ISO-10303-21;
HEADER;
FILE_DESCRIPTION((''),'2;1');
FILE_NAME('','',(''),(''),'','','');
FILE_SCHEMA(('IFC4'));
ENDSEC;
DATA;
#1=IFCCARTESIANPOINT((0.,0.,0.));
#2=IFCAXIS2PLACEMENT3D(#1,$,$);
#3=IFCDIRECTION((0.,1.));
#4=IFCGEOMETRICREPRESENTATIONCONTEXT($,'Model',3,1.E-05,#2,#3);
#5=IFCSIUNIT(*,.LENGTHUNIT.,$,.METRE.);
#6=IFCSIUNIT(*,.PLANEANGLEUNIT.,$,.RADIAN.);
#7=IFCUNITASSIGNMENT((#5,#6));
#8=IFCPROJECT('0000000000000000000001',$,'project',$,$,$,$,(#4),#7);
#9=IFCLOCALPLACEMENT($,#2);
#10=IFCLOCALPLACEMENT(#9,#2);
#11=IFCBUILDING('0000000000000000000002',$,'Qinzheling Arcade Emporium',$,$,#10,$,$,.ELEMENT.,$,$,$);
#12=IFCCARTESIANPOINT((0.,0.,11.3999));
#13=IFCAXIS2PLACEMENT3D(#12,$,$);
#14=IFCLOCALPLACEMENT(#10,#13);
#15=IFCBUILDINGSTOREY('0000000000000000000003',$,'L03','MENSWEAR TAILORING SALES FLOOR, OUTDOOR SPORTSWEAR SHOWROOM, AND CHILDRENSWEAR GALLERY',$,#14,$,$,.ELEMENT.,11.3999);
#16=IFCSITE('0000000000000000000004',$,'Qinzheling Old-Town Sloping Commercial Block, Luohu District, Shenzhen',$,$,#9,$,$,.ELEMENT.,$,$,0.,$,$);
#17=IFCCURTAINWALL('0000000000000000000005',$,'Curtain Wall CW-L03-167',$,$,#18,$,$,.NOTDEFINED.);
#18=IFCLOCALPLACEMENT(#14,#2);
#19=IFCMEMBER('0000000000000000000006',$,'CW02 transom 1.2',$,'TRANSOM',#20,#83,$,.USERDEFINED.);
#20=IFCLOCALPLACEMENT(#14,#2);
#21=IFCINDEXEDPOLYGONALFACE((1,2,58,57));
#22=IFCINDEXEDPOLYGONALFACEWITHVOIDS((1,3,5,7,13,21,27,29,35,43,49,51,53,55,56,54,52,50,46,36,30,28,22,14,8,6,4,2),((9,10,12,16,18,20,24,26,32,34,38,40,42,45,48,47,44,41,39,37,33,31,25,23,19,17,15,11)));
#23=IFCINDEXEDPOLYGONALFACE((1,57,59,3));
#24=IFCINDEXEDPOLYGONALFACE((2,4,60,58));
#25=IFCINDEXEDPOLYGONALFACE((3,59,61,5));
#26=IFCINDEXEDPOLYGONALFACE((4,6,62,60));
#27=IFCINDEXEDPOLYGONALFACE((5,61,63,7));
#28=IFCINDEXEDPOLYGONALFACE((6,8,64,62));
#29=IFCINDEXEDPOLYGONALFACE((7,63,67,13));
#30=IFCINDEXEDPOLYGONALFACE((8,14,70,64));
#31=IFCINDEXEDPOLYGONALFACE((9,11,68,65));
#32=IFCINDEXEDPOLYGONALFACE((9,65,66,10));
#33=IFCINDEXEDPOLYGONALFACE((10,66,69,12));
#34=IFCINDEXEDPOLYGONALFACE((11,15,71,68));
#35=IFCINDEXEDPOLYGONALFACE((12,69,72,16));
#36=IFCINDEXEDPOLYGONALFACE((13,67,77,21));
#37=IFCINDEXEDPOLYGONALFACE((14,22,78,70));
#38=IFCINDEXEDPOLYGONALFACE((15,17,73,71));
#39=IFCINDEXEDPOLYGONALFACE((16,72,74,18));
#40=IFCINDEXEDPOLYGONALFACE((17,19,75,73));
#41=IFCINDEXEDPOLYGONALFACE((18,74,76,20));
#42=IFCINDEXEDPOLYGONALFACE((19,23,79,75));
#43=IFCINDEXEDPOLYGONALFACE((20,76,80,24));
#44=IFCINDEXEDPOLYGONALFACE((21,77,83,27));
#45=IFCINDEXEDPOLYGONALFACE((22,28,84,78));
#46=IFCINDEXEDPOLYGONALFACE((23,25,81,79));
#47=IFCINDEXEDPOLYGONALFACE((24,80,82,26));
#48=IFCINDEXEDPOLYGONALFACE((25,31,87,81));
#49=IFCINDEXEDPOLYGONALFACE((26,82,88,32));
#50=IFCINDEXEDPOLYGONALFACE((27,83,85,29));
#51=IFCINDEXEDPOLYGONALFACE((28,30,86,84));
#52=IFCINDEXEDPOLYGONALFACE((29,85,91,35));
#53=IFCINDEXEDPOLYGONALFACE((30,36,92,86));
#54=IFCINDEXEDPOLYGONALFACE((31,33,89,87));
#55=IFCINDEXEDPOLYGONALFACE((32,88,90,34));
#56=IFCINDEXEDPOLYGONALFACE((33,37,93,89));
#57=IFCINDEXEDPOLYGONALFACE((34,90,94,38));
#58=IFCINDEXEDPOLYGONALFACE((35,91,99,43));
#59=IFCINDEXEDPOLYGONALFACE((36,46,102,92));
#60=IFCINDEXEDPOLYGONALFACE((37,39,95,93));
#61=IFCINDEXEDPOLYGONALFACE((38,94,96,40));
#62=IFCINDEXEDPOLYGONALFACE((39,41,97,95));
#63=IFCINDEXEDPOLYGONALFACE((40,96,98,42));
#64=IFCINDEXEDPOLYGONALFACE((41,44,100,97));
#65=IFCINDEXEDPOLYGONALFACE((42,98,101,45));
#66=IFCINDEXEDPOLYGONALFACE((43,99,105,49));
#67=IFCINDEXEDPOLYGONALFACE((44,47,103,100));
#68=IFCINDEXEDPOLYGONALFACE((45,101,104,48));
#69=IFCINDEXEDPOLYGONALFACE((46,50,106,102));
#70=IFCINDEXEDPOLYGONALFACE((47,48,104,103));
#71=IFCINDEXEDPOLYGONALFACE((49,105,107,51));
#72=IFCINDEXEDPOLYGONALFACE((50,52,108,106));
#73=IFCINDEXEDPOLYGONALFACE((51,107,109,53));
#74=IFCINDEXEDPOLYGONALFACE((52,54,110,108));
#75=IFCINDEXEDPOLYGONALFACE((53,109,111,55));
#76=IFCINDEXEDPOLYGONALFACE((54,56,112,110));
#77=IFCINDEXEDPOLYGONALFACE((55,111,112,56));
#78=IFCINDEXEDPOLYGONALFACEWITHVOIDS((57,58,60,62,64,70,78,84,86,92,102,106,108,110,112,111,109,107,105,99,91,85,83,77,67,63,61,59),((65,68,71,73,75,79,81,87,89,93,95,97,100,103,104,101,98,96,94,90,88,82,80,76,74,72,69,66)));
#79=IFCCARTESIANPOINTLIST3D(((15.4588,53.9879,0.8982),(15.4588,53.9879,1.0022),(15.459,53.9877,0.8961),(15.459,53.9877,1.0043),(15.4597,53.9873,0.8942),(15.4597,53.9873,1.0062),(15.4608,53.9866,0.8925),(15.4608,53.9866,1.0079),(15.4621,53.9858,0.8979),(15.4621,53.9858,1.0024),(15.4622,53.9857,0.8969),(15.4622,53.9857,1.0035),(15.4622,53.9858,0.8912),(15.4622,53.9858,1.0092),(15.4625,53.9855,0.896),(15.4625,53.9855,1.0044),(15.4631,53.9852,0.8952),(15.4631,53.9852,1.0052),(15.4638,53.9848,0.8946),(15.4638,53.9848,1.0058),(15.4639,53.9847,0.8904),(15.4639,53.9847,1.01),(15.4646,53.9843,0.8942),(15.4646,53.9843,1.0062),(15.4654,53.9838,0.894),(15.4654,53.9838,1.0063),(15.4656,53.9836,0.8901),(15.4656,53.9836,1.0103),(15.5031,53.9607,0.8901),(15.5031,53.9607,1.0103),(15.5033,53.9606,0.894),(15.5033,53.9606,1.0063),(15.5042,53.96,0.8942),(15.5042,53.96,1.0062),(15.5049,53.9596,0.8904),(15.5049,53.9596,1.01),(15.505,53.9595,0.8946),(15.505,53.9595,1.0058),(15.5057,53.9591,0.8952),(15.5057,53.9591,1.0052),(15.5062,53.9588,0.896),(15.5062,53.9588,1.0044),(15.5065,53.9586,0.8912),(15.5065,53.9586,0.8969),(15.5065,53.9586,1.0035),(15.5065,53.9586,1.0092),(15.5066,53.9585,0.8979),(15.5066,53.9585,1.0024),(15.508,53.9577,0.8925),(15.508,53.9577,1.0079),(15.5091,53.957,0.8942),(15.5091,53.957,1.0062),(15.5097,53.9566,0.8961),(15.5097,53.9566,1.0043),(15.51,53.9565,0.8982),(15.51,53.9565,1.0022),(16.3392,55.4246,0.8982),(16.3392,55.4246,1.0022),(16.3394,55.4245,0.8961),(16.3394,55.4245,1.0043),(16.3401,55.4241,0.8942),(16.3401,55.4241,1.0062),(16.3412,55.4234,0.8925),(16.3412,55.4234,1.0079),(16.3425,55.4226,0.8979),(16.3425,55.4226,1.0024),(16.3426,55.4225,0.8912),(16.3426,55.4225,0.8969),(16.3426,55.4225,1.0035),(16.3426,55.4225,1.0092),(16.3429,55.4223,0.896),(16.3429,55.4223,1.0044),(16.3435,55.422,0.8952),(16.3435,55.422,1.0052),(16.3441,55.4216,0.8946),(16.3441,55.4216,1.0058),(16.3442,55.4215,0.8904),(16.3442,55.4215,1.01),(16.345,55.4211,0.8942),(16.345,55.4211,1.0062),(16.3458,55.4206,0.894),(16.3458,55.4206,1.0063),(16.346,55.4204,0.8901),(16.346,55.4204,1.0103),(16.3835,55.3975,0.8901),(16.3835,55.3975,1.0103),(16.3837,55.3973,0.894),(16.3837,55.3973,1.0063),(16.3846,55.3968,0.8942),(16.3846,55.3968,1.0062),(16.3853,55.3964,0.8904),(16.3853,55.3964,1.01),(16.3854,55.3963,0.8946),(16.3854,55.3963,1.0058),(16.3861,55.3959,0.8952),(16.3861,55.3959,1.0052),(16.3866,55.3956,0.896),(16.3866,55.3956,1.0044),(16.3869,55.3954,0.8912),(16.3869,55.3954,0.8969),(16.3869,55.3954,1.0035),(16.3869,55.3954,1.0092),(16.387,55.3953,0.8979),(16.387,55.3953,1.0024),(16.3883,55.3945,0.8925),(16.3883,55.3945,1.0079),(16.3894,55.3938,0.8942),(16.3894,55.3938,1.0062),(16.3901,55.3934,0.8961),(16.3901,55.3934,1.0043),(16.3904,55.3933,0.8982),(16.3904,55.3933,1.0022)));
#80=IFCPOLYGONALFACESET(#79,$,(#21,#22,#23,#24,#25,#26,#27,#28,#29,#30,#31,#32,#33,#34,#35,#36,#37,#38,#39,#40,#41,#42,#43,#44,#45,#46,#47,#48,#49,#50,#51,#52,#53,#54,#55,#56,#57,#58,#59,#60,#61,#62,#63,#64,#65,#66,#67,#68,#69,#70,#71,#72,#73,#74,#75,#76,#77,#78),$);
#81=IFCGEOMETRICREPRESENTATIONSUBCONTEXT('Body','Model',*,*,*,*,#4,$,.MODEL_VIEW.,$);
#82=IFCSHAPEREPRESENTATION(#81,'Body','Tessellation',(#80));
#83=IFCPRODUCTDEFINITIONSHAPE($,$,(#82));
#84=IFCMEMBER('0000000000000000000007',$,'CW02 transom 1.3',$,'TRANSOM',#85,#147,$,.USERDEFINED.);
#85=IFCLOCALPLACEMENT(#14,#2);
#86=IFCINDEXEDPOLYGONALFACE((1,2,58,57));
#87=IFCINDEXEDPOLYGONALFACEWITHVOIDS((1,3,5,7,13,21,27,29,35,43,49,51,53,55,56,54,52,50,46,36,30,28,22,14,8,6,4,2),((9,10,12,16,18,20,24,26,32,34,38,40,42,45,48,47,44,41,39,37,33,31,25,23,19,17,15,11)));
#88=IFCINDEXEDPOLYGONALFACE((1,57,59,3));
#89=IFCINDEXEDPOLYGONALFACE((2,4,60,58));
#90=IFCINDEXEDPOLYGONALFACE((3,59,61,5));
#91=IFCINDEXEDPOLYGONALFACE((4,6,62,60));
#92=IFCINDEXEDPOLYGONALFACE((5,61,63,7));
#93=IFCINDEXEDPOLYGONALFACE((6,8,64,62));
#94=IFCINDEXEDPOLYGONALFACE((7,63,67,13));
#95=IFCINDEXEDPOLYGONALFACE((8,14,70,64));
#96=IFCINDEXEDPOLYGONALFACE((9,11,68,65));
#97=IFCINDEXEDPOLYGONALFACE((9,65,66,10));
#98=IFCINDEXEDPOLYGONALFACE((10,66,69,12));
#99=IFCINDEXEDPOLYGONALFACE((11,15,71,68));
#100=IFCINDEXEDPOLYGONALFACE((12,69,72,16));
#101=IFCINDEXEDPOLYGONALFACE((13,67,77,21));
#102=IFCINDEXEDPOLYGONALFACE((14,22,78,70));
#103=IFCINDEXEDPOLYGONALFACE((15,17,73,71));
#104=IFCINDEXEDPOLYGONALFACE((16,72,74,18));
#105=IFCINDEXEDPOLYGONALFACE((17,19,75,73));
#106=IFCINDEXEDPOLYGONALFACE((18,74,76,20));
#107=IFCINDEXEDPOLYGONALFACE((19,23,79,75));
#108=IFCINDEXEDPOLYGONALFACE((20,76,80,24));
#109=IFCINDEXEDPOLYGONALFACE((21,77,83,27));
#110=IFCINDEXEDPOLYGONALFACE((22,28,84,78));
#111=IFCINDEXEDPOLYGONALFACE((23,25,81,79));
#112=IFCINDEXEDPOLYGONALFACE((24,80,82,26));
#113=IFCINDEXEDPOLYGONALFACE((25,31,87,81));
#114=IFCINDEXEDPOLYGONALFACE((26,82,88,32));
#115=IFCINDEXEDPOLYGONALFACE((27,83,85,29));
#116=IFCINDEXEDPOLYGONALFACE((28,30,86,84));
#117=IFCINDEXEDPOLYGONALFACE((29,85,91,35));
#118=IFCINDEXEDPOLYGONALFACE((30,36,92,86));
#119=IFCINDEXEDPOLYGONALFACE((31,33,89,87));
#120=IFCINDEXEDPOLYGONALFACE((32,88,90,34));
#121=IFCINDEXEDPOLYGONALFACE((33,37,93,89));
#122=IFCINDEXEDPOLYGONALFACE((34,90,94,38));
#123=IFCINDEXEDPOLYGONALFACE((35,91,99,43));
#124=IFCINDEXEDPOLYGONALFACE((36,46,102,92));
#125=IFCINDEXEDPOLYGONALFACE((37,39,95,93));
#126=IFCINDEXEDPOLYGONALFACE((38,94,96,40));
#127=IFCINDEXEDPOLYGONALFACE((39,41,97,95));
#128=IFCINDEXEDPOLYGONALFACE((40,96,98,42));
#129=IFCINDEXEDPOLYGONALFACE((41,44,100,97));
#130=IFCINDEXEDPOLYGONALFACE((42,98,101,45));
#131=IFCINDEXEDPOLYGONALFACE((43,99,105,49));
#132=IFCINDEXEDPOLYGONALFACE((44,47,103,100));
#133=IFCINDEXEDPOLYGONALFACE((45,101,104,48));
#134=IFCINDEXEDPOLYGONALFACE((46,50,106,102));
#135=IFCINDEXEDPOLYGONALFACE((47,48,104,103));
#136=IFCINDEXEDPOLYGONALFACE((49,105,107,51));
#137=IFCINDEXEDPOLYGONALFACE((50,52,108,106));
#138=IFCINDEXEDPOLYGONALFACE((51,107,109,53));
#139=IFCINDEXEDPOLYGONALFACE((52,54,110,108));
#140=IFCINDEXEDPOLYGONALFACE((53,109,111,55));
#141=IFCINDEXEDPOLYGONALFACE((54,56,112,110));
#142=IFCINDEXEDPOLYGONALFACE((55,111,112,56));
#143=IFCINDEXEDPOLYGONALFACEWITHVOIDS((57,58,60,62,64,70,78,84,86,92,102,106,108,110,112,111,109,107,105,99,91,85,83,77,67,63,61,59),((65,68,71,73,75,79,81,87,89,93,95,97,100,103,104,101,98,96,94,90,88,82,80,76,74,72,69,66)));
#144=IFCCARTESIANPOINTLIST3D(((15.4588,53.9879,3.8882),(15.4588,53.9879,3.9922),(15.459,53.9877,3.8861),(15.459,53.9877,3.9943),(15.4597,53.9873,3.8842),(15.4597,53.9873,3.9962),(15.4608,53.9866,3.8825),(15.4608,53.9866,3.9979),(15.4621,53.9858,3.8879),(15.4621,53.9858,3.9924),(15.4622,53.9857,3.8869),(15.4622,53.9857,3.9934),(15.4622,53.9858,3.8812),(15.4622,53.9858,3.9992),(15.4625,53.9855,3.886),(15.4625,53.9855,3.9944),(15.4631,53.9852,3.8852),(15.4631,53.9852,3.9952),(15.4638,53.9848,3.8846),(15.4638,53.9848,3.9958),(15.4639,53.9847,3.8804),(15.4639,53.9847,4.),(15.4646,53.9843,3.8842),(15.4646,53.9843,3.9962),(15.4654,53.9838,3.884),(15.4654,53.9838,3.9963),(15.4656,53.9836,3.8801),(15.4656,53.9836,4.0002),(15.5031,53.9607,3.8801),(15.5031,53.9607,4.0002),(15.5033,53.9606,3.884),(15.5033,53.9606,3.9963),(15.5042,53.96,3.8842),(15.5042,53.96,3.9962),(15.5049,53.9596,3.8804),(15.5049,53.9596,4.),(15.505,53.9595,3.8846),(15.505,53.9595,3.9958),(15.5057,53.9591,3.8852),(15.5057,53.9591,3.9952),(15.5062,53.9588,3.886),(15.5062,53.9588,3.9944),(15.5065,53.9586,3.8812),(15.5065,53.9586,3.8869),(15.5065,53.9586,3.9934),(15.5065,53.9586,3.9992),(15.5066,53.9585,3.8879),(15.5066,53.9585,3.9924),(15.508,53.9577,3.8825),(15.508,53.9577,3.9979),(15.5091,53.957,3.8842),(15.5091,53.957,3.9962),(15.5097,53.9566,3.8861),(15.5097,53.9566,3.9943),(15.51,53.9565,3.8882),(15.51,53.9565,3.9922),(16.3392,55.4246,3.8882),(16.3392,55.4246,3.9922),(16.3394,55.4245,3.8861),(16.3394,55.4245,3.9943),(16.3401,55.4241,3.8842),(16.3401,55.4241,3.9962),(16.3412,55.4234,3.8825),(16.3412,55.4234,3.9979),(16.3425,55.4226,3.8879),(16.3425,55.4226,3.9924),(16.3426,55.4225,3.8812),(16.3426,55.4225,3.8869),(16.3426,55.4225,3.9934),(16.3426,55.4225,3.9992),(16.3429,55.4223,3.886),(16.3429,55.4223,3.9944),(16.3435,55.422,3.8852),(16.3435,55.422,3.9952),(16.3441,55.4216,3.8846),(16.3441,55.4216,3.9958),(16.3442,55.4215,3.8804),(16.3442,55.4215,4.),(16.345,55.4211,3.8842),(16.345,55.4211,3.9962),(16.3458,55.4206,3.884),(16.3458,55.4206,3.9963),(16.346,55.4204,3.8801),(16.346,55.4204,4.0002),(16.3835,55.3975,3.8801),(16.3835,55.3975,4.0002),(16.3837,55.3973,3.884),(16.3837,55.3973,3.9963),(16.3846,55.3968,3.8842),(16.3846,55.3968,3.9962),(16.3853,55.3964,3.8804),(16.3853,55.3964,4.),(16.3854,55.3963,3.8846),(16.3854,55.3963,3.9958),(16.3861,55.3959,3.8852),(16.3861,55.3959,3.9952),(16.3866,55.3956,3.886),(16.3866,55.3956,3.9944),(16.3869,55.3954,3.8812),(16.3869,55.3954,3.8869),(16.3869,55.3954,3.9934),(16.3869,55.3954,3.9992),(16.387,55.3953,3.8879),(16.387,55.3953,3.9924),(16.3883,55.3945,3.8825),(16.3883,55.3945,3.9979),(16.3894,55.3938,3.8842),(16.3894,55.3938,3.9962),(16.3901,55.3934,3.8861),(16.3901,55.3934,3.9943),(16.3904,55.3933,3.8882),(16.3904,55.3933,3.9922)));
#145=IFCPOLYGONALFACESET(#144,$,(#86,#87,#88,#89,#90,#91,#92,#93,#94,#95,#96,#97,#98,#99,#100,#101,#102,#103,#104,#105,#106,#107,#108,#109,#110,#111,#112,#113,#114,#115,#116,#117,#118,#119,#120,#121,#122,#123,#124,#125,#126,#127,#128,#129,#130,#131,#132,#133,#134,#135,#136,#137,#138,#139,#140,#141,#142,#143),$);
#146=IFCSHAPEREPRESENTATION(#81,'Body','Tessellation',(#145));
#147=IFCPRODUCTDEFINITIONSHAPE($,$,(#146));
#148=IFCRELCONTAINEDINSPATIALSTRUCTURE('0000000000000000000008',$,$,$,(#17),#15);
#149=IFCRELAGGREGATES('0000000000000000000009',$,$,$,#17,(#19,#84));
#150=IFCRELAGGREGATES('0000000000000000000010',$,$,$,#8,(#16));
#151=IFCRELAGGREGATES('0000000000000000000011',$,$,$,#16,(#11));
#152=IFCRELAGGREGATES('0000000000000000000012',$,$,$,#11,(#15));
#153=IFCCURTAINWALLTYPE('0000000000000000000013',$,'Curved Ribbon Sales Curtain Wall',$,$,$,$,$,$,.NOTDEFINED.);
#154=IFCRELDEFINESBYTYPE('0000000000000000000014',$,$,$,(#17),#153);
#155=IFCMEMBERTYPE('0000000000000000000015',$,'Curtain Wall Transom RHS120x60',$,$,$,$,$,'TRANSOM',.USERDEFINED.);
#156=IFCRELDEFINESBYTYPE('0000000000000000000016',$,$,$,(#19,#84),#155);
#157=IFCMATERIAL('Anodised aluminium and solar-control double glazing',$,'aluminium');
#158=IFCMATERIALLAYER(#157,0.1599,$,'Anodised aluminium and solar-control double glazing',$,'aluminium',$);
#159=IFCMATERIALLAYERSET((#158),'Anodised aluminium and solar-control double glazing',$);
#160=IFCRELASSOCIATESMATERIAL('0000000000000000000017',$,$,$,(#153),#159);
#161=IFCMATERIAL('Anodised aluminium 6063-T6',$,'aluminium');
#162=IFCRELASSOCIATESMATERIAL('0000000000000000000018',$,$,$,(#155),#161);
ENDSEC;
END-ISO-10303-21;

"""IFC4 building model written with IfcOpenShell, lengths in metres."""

from ifc_helpers import new_model, si_unit, direction, frame, origin, origin_2d, place, context, subcontext, project, spatial, hollow_rectangle, extrude, material, layer, layer_set, material_profile, profile_set, type_object, element, aggregate, save


model = new_model("IFC4")

# Units and contexts
model_context = context("Model", 3, precision=1e-05, world=origin(), true_north=direction((0.0, 1.0)))
body_context = subcontext(model_context, "Body", "Model", "MODEL_VIEW")
ifc_project = project(units=[si_unit("LENGTHUNIT", "METRE"), si_unit("PLANEANGLEUNIT", "RADIAN")], contexts=[model_context])

# Site, building, storey
site_placement = place(None, origin())
site = spatial("IfcSite", under=ifc_project, at=site_placement, Name="Qinzheling Old-Town Sloping Commercial Block, Luohu District, Shenzhen", CompositionType="ELEMENT", RefElevation=0.0)
building_placement = place(site_placement, origin())
building = spatial("IfcBuilding", under=site, at=building_placement, Name="Qinzheling Arcade Emporium", CompositionType="ELEMENT")
storey_placement = place(building_placement, frame((0.0, 0.0, 11.3999)))
storey = spatial("IfcBuildingStorey", under=building, at=storey_placement, Name="L03", Description="MENSWEAR TAILORING SALES FLOOR, OUTDOOR SPORTSWEAR SHOWROOM, AND CHILDRENSWEAR GALLERY", CompositionType="ELEMENT", Elevation=11.3999)

# Shared definitions
ifc_material_1 = material(Name="Anodised aluminium and solar-control double glazing", Category="aluminium")
ifc_layer_1 = layer(ifc_material_1, 0.1599, Name="Anodised aluminium and solar-control double glazing", Category="aluminium")
ifc_layer_set_1 = layer_set([ifc_layer_1], Name="Anodised aluminium and solar-control double glazing")
curtain_wall_type = type_object("IfcCurtainWallType", Name="Curved Ribbon Sales Curtain Wall", PredefinedType="NOTDEFINED", material=ifc_layer_set_1)
ifc_material_2 = material(Name="Anodised aluminium 6063-T6", Category="aluminium")

# Curtain wall
curtain_wall_1_placement = place(storey_placement, origin())
curtain_wall_1 = element("IfcCurtainWall", 1, at=curtain_wall_1_placement, inside=storey, type_object=curtain_wall_type, Name="Curtain Wall CW-L03-167", PredefinedType="NOTDEFINED")

# Members
ifc_material_profile_1 = material_profile(ifc_material_2, hollow_rectangle(XDim=0.0601, YDim=0.1201, WallThickness=0.0039, InnerFilletRadius=0.0039, OuterFilletRadius=0.0081, at=origin_2d()), Name="RHS 120x60x4", Category="aluminium")
ifc_profile_set_1 = profile_set([ifc_material_profile_1], Name="Anodised aluminium 6063-T6")
member_type_1 = type_object("IfcMemberType", Name="Curtain Wall Transom RHS120x60", ElementType="TRANSOM", PredefinedType="USERDEFINED", material=ifc_profile_set_1)
member_1_placement = place(storey_placement, frame((15.4844, 53.9722, 0.9502), z_axis=(0.522464, 0.852662, 0.0), x_axis=(-0.852662, 0.522464, 0.0)))
member_1 = element("IfcMember", 2, at=member_1_placement, type_object=member_type_1, Name="CW02 transom 1.2", ObjectType="TRANSOM", PredefinedType="USERDEFINED", context=body_context, shape_type="SweptSolid", body=[
    extrude(hollow_rectangle(XDim=0.0601, YDim=0.1201, WallThickness=0.0039, InnerFilletRadius=0.0039, OuterFilletRadius=0.0081, at=origin_2d()), origin(), (0.0, 0.0, 1.0), 1.6851),
])
member_2_placement = place(storey_placement, frame((15.4844, 53.9722, 3.9402), z_axis=(0.522464, 0.852662, 0.0), x_axis=(-0.852662, 0.522464, 0.0)))
member_2 = element("IfcMember", 3, at=member_2_placement, type_object=member_type_1, Name="CW02 transom 1.3", ObjectType="TRANSOM", PredefinedType="USERDEFINED", context=body_context, shape_type="SweptSolid", body=[
    extrude(hollow_rectangle(XDim=0.0601, YDim=0.1201, WallThickness=0.0039, InnerFilletRadius=0.0039, OuterFilletRadius=0.0081, at=origin_2d()), origin(), (0.0, 0.0, 1.0), 1.6851),
])

aggregate(curtain_wall_1, [member_1, member_2])

save(model, "model.ifc")
